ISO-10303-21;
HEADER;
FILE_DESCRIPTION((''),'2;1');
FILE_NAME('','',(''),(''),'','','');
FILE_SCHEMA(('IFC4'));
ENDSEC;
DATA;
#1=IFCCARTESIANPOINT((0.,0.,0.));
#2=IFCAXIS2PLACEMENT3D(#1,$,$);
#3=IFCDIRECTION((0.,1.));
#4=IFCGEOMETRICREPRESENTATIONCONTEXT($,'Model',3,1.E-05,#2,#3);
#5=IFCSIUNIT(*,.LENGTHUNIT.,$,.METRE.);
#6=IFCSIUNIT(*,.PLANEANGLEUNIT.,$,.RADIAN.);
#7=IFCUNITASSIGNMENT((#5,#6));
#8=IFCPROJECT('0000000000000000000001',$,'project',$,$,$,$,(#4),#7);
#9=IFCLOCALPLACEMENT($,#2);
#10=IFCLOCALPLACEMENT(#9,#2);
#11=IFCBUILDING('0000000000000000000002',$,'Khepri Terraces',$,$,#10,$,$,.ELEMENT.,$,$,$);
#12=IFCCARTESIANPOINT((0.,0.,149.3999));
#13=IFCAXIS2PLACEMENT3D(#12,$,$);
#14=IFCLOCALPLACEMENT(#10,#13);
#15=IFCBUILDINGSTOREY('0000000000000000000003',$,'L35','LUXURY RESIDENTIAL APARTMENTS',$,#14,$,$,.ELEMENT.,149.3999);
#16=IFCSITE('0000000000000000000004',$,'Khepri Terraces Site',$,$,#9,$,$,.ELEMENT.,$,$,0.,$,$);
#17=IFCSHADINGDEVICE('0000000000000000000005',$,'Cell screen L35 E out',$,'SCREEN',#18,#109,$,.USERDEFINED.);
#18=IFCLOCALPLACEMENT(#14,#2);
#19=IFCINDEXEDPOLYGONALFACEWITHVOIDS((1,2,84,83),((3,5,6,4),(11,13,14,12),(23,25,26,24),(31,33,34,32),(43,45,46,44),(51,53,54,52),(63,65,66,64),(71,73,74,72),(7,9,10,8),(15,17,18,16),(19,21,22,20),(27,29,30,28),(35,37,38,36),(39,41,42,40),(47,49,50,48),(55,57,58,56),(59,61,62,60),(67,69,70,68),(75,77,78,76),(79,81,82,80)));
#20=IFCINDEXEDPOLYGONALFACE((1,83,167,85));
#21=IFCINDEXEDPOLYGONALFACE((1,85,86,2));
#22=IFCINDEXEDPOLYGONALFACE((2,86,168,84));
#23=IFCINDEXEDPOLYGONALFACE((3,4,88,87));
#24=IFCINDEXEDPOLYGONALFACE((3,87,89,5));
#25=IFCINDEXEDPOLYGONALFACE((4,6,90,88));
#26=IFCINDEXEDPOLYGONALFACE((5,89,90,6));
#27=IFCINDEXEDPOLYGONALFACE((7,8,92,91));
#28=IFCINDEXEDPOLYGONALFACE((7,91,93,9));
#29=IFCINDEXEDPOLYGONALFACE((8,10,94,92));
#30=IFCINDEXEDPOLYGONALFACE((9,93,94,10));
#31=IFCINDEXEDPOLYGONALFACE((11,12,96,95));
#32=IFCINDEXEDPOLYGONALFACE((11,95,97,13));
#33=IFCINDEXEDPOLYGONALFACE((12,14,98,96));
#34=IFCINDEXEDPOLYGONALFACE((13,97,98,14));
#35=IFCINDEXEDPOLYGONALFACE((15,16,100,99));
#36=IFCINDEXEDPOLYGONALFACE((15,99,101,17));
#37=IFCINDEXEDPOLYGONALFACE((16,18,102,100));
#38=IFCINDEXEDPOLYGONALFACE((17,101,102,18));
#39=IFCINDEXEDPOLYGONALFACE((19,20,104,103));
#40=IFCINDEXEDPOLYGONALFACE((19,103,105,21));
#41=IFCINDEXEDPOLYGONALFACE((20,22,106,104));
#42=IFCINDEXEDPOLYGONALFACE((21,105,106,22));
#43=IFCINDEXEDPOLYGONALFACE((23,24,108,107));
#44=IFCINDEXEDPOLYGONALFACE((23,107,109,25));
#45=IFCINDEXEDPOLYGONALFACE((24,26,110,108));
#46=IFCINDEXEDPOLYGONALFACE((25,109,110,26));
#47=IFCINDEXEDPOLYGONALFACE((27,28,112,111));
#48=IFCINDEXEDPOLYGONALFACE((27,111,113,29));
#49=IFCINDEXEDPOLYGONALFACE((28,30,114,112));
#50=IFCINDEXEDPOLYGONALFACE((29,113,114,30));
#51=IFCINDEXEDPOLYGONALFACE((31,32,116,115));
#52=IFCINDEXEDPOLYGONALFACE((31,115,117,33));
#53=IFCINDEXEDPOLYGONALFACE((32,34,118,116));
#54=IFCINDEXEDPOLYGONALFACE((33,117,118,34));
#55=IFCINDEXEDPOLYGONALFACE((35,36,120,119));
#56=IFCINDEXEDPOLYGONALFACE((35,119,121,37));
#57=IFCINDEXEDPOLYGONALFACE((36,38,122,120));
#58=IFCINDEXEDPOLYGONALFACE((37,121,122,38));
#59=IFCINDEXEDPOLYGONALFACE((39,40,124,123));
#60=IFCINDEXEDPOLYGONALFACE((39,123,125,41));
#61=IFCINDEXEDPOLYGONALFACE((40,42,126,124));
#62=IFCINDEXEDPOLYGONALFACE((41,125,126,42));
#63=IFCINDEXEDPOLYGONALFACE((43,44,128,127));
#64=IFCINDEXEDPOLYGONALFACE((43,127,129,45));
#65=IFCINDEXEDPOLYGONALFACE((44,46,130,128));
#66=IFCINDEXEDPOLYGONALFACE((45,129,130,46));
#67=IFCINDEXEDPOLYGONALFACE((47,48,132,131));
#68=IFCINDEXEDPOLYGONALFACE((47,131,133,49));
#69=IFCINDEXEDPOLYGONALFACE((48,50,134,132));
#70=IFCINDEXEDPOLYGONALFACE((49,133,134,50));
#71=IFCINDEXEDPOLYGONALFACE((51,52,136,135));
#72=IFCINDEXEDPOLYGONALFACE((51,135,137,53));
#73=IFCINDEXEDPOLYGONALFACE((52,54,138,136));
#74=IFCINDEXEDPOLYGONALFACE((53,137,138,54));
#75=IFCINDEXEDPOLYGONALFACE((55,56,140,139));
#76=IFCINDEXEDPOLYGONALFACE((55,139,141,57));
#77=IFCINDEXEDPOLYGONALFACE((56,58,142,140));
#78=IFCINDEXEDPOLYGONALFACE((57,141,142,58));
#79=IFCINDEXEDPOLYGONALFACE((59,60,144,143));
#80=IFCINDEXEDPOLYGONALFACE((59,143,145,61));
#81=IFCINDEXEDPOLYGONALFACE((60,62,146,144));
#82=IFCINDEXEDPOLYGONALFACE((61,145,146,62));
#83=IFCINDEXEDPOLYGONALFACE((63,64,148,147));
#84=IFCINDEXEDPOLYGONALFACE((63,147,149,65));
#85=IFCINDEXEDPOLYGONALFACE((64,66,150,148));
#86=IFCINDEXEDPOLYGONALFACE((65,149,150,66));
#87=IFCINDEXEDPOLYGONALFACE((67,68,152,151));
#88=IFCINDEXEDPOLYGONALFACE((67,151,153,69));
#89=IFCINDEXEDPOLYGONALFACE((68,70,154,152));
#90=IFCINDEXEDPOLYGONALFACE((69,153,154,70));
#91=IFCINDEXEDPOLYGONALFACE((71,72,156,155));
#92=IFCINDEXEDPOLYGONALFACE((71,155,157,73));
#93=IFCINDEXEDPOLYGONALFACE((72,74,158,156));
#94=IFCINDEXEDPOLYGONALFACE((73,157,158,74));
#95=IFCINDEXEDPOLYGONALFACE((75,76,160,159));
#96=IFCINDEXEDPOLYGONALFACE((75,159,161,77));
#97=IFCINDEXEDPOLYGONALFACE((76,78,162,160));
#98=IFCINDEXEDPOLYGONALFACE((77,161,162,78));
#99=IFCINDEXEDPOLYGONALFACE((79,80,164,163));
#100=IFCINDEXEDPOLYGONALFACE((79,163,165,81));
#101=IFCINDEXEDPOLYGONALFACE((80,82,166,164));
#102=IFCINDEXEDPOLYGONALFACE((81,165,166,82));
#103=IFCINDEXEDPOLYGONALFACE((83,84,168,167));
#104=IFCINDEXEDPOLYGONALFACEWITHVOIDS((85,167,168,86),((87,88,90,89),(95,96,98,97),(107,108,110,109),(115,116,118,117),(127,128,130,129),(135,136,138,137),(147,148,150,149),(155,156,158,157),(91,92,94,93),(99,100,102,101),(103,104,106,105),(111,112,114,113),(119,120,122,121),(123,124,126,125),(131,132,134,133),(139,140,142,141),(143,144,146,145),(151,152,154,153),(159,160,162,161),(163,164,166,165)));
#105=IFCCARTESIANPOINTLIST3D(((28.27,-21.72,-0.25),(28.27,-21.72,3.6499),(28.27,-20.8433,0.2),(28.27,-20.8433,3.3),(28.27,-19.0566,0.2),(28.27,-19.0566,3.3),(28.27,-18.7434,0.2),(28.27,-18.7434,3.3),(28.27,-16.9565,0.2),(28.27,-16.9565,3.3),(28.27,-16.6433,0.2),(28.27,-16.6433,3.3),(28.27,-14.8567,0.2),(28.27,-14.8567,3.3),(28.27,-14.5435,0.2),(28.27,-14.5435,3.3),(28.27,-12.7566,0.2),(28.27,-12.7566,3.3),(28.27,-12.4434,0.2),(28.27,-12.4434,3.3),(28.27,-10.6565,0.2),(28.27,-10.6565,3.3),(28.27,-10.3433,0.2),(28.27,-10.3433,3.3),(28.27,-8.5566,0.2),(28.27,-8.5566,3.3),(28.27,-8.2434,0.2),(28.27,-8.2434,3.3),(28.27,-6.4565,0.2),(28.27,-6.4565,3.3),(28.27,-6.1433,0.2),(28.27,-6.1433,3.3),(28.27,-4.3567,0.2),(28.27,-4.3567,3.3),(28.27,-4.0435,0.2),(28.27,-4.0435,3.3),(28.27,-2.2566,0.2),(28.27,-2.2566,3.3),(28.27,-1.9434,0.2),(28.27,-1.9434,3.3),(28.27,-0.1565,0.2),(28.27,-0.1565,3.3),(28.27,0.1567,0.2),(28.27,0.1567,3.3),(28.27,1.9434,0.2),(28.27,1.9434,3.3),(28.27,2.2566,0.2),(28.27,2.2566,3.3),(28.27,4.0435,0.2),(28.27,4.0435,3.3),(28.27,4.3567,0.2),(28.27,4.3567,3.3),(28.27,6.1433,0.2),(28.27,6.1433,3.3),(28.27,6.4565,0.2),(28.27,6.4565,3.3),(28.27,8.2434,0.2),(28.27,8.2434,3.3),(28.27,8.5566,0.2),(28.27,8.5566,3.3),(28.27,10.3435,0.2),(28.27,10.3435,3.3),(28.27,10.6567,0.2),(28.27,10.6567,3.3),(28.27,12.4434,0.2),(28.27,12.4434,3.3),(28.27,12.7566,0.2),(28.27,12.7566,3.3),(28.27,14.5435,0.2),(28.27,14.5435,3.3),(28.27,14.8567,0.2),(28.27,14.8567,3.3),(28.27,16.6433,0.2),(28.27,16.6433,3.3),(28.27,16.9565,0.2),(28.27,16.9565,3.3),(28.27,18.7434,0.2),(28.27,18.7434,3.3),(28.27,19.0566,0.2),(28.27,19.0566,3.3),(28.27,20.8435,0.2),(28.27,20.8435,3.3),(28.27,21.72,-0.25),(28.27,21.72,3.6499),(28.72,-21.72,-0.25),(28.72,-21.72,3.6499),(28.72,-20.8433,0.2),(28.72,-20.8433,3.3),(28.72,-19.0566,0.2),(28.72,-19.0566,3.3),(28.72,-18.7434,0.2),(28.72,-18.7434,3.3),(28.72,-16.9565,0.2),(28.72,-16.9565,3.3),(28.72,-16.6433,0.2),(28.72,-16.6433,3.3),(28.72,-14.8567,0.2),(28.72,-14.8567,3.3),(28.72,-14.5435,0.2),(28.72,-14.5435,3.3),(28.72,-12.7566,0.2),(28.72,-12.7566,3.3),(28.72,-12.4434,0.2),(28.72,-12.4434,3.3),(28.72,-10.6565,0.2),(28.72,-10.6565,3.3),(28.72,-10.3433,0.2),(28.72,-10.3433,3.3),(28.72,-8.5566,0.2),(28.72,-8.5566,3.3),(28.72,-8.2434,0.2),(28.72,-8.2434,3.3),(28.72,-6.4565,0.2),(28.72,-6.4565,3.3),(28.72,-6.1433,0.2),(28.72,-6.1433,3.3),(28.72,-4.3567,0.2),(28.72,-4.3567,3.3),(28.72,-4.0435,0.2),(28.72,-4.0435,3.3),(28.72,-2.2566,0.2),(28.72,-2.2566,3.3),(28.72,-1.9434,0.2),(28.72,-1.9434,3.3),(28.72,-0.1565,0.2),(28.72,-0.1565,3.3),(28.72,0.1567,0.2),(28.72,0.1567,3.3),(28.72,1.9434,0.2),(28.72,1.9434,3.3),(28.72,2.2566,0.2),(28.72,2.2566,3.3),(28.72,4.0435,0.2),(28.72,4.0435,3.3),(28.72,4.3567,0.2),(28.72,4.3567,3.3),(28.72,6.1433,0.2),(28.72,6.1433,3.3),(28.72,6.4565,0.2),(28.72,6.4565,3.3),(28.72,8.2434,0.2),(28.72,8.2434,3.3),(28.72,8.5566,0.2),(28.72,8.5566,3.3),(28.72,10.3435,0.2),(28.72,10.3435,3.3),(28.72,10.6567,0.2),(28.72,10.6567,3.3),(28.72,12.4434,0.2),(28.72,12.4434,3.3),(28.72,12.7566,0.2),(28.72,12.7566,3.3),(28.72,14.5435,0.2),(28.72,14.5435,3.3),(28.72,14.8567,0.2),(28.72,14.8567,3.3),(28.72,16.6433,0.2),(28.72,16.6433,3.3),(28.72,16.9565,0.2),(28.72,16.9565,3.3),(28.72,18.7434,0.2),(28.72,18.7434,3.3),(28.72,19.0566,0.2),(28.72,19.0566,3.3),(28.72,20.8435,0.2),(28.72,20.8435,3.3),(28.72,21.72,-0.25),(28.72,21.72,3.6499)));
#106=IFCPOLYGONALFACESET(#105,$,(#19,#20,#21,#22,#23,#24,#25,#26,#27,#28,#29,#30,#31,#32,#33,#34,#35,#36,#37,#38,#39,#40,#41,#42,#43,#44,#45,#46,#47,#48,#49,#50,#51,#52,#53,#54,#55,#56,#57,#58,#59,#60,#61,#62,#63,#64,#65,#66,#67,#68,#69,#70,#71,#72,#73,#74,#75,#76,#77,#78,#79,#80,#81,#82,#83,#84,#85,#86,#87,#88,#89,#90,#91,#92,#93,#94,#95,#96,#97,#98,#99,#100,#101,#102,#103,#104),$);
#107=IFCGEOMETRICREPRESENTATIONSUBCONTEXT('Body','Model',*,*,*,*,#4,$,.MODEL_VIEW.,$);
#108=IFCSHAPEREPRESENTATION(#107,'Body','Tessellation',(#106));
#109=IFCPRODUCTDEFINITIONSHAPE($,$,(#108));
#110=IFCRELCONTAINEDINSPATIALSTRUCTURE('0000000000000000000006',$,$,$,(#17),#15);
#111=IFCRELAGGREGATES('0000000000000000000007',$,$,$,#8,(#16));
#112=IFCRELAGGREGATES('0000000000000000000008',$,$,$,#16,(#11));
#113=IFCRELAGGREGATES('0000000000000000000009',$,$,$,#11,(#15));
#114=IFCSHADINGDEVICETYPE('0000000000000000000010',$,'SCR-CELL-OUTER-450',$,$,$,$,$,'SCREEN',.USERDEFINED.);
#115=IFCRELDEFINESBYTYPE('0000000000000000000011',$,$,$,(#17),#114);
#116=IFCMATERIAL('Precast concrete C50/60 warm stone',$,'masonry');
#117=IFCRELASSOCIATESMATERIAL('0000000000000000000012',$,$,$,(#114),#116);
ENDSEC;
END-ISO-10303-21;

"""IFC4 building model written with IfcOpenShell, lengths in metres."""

from ifc_helpers import new_model, si_unit, direction, frame, origin, place, context, subcontext, project, spatial, polyline, outline, extrude, material, type_object, element, save


model = new_model("IFC4")

# Units and contexts
model_context = context("Model", 3, precision=1e-05, world=origin(), true_north=direction((0.0, 1.0)))
body_context = subcontext(model_context, "Body", "Model", "MODEL_VIEW")
ifc_project = project(units=[si_unit("LENGTHUNIT", "METRE"), si_unit("PLANEANGLEUNIT", "RADIAN")], contexts=[model_context])

# Site, building, storey
site_placement = place(None, origin())
site = spatial("IfcSite", under=ifc_project, at=site_placement, Name="Khepri Terraces Site", CompositionType="ELEMENT", RefElevation=0.0)
building_placement = place(site_placement, origin())
building = spatial("IfcBuilding", under=site, at=building_placement, Name="Khepri Terraces", CompositionType="ELEMENT")
storey_placement = place(building_placement, frame((0.0, 0.0, 149.3999)))
storey = spatial("IfcBuildingStorey", under=building, at=storey_placement, Name="L35", Description="LUXURY RESIDENTIAL APARTMENTS", CompositionType="ELEMENT", Elevation=149.3999)

# Shared definitions
ifc_material_1 = material(Name="Precast concrete C50/60 warm stone", Category="masonry")

# Shading device
shading_device_type_1 = type_object("IfcShadingDeviceType", Name="SCR-CELL-OUTER-450", ElementType="SCREEN", PredefinedType="USERDEFINED", material=ifc_material_1)
shading_device_1_placement = place(storey_placement, frame((28.27, -21.72, -0.25), z_axis=(1.0, 0.0, 0.0), x_axis=(0.0, 1.0, 0.0)))
element("IfcShadingDevice", 1, at=shading_device_1_placement, inside=storey, type_object=shading_device_type_1, Name="Cell screen L35 E out", ObjectType="SCREEN", PredefinedType="USERDEFINED", context=body_context, shape_type="SweptSolid", body=[
    extrude(outline(polyline([(0.0, 0.0), (43.4399, 0.0), (43.4399, 3.8999), (0.0, 3.8999), (0.0, 0.0)]), holes=[polyline([(0.8767, 0.45), (2.6633, 0.45), (2.6633, 3.55), (0.8767, 3.55), (0.8767, 0.45)]), polyline([(2.9766, 0.45), (4.7634, 0.45), (4.7634, 3.55), (2.9766, 3.55), (2.9766, 0.45)]), polyline([(5.0767, 0.45), (6.8633, 0.45), (6.8633, 3.55), (5.0767, 3.55), (5.0767, 0.45)]), polyline([(7.1765, 0.45), (8.9634, 0.45), (8.9634, 3.55), (7.1765, 3.55), (7.1765, 0.45)]), polyline([(9.2766, 0.45), (11.0635, 0.45), (11.0635, 3.55), (9.2766, 3.55), (9.2766, 0.45)]), polyline([(11.3767, 0.45), (13.1633, 0.45), (13.1633, 3.55), (11.3767, 3.55), (11.3767, 0.45)]), polyline([(13.4766, 0.45), (15.2634, 0.45), (15.2634, 3.55), (13.4766, 3.55), (13.4766, 0.45)]), polyline([(15.5767, 0.45), (17.3633, 0.45), (17.3633, 3.55), (15.5767, 3.55), (15.5767, 0.45)]), polyline([(17.6765, 0.45), (19.4634, 0.45), (19.4634, 3.55), (17.6765, 3.55), (17.6765, 0.45)]), polyline([(19.7766, 0.45), (21.5635, 0.45), (21.5635, 3.55), (19.7766, 3.55), (19.7766, 0.45)]), polyline([(21.8767, 0.45), (23.6633, 0.45), (23.6633, 3.55), (21.8767, 3.55), (21.8767, 0.45)]), polyline([(23.9766, 0.45), (25.7634, 0.45), (25.7634, 3.55), (23.9766, 3.55), (23.9766, 0.45)]), polyline([(26.0767, 0.45), (27.8633, 0.45), (27.8633, 3.55), (26.0767, 3.55), (26.0767, 0.45)]), polyline([(28.1765, 0.45), (29.9634, 0.45), (29.9634, 3.55), (28.1765, 3.55), (28.1765, 0.45)]), polyline([(30.2766, 0.45), (32.0635, 0.45), (32.0635, 3.55), (30.2766, 3.55), (30.2766, 0.45)]), polyline([(32.3767, 0.45), (34.1633, 0.45), (34.1633, 3.55), (32.3767, 3.55), (32.3767, 0.45)]), polyline([(34.4766, 0.45), (36.2634, 0.45), (36.2634, 3.55), (34.4766, 3.55), (34.4766, 0.45)]), polyline([(36.5767, 0.45), (38.3633, 0.45), (38.3633, 3.55), (36.5767, 3.55), (36.5767, 0.45)]), polyline([(38.6765, 0.45), (40.4634, 0.45), (40.4634, 3.55), (38.6765, 3.55), (38.6765, 0.45)]), polyline([(40.7766, 0.45), (42.5635, 0.45), (42.5635, 3.55), (40.7766, 3.55), (40.7766, 0.45)])]), origin(), (0.0, 0.0, 1.0), 0.45),
])

save(model, "model.ifc")
